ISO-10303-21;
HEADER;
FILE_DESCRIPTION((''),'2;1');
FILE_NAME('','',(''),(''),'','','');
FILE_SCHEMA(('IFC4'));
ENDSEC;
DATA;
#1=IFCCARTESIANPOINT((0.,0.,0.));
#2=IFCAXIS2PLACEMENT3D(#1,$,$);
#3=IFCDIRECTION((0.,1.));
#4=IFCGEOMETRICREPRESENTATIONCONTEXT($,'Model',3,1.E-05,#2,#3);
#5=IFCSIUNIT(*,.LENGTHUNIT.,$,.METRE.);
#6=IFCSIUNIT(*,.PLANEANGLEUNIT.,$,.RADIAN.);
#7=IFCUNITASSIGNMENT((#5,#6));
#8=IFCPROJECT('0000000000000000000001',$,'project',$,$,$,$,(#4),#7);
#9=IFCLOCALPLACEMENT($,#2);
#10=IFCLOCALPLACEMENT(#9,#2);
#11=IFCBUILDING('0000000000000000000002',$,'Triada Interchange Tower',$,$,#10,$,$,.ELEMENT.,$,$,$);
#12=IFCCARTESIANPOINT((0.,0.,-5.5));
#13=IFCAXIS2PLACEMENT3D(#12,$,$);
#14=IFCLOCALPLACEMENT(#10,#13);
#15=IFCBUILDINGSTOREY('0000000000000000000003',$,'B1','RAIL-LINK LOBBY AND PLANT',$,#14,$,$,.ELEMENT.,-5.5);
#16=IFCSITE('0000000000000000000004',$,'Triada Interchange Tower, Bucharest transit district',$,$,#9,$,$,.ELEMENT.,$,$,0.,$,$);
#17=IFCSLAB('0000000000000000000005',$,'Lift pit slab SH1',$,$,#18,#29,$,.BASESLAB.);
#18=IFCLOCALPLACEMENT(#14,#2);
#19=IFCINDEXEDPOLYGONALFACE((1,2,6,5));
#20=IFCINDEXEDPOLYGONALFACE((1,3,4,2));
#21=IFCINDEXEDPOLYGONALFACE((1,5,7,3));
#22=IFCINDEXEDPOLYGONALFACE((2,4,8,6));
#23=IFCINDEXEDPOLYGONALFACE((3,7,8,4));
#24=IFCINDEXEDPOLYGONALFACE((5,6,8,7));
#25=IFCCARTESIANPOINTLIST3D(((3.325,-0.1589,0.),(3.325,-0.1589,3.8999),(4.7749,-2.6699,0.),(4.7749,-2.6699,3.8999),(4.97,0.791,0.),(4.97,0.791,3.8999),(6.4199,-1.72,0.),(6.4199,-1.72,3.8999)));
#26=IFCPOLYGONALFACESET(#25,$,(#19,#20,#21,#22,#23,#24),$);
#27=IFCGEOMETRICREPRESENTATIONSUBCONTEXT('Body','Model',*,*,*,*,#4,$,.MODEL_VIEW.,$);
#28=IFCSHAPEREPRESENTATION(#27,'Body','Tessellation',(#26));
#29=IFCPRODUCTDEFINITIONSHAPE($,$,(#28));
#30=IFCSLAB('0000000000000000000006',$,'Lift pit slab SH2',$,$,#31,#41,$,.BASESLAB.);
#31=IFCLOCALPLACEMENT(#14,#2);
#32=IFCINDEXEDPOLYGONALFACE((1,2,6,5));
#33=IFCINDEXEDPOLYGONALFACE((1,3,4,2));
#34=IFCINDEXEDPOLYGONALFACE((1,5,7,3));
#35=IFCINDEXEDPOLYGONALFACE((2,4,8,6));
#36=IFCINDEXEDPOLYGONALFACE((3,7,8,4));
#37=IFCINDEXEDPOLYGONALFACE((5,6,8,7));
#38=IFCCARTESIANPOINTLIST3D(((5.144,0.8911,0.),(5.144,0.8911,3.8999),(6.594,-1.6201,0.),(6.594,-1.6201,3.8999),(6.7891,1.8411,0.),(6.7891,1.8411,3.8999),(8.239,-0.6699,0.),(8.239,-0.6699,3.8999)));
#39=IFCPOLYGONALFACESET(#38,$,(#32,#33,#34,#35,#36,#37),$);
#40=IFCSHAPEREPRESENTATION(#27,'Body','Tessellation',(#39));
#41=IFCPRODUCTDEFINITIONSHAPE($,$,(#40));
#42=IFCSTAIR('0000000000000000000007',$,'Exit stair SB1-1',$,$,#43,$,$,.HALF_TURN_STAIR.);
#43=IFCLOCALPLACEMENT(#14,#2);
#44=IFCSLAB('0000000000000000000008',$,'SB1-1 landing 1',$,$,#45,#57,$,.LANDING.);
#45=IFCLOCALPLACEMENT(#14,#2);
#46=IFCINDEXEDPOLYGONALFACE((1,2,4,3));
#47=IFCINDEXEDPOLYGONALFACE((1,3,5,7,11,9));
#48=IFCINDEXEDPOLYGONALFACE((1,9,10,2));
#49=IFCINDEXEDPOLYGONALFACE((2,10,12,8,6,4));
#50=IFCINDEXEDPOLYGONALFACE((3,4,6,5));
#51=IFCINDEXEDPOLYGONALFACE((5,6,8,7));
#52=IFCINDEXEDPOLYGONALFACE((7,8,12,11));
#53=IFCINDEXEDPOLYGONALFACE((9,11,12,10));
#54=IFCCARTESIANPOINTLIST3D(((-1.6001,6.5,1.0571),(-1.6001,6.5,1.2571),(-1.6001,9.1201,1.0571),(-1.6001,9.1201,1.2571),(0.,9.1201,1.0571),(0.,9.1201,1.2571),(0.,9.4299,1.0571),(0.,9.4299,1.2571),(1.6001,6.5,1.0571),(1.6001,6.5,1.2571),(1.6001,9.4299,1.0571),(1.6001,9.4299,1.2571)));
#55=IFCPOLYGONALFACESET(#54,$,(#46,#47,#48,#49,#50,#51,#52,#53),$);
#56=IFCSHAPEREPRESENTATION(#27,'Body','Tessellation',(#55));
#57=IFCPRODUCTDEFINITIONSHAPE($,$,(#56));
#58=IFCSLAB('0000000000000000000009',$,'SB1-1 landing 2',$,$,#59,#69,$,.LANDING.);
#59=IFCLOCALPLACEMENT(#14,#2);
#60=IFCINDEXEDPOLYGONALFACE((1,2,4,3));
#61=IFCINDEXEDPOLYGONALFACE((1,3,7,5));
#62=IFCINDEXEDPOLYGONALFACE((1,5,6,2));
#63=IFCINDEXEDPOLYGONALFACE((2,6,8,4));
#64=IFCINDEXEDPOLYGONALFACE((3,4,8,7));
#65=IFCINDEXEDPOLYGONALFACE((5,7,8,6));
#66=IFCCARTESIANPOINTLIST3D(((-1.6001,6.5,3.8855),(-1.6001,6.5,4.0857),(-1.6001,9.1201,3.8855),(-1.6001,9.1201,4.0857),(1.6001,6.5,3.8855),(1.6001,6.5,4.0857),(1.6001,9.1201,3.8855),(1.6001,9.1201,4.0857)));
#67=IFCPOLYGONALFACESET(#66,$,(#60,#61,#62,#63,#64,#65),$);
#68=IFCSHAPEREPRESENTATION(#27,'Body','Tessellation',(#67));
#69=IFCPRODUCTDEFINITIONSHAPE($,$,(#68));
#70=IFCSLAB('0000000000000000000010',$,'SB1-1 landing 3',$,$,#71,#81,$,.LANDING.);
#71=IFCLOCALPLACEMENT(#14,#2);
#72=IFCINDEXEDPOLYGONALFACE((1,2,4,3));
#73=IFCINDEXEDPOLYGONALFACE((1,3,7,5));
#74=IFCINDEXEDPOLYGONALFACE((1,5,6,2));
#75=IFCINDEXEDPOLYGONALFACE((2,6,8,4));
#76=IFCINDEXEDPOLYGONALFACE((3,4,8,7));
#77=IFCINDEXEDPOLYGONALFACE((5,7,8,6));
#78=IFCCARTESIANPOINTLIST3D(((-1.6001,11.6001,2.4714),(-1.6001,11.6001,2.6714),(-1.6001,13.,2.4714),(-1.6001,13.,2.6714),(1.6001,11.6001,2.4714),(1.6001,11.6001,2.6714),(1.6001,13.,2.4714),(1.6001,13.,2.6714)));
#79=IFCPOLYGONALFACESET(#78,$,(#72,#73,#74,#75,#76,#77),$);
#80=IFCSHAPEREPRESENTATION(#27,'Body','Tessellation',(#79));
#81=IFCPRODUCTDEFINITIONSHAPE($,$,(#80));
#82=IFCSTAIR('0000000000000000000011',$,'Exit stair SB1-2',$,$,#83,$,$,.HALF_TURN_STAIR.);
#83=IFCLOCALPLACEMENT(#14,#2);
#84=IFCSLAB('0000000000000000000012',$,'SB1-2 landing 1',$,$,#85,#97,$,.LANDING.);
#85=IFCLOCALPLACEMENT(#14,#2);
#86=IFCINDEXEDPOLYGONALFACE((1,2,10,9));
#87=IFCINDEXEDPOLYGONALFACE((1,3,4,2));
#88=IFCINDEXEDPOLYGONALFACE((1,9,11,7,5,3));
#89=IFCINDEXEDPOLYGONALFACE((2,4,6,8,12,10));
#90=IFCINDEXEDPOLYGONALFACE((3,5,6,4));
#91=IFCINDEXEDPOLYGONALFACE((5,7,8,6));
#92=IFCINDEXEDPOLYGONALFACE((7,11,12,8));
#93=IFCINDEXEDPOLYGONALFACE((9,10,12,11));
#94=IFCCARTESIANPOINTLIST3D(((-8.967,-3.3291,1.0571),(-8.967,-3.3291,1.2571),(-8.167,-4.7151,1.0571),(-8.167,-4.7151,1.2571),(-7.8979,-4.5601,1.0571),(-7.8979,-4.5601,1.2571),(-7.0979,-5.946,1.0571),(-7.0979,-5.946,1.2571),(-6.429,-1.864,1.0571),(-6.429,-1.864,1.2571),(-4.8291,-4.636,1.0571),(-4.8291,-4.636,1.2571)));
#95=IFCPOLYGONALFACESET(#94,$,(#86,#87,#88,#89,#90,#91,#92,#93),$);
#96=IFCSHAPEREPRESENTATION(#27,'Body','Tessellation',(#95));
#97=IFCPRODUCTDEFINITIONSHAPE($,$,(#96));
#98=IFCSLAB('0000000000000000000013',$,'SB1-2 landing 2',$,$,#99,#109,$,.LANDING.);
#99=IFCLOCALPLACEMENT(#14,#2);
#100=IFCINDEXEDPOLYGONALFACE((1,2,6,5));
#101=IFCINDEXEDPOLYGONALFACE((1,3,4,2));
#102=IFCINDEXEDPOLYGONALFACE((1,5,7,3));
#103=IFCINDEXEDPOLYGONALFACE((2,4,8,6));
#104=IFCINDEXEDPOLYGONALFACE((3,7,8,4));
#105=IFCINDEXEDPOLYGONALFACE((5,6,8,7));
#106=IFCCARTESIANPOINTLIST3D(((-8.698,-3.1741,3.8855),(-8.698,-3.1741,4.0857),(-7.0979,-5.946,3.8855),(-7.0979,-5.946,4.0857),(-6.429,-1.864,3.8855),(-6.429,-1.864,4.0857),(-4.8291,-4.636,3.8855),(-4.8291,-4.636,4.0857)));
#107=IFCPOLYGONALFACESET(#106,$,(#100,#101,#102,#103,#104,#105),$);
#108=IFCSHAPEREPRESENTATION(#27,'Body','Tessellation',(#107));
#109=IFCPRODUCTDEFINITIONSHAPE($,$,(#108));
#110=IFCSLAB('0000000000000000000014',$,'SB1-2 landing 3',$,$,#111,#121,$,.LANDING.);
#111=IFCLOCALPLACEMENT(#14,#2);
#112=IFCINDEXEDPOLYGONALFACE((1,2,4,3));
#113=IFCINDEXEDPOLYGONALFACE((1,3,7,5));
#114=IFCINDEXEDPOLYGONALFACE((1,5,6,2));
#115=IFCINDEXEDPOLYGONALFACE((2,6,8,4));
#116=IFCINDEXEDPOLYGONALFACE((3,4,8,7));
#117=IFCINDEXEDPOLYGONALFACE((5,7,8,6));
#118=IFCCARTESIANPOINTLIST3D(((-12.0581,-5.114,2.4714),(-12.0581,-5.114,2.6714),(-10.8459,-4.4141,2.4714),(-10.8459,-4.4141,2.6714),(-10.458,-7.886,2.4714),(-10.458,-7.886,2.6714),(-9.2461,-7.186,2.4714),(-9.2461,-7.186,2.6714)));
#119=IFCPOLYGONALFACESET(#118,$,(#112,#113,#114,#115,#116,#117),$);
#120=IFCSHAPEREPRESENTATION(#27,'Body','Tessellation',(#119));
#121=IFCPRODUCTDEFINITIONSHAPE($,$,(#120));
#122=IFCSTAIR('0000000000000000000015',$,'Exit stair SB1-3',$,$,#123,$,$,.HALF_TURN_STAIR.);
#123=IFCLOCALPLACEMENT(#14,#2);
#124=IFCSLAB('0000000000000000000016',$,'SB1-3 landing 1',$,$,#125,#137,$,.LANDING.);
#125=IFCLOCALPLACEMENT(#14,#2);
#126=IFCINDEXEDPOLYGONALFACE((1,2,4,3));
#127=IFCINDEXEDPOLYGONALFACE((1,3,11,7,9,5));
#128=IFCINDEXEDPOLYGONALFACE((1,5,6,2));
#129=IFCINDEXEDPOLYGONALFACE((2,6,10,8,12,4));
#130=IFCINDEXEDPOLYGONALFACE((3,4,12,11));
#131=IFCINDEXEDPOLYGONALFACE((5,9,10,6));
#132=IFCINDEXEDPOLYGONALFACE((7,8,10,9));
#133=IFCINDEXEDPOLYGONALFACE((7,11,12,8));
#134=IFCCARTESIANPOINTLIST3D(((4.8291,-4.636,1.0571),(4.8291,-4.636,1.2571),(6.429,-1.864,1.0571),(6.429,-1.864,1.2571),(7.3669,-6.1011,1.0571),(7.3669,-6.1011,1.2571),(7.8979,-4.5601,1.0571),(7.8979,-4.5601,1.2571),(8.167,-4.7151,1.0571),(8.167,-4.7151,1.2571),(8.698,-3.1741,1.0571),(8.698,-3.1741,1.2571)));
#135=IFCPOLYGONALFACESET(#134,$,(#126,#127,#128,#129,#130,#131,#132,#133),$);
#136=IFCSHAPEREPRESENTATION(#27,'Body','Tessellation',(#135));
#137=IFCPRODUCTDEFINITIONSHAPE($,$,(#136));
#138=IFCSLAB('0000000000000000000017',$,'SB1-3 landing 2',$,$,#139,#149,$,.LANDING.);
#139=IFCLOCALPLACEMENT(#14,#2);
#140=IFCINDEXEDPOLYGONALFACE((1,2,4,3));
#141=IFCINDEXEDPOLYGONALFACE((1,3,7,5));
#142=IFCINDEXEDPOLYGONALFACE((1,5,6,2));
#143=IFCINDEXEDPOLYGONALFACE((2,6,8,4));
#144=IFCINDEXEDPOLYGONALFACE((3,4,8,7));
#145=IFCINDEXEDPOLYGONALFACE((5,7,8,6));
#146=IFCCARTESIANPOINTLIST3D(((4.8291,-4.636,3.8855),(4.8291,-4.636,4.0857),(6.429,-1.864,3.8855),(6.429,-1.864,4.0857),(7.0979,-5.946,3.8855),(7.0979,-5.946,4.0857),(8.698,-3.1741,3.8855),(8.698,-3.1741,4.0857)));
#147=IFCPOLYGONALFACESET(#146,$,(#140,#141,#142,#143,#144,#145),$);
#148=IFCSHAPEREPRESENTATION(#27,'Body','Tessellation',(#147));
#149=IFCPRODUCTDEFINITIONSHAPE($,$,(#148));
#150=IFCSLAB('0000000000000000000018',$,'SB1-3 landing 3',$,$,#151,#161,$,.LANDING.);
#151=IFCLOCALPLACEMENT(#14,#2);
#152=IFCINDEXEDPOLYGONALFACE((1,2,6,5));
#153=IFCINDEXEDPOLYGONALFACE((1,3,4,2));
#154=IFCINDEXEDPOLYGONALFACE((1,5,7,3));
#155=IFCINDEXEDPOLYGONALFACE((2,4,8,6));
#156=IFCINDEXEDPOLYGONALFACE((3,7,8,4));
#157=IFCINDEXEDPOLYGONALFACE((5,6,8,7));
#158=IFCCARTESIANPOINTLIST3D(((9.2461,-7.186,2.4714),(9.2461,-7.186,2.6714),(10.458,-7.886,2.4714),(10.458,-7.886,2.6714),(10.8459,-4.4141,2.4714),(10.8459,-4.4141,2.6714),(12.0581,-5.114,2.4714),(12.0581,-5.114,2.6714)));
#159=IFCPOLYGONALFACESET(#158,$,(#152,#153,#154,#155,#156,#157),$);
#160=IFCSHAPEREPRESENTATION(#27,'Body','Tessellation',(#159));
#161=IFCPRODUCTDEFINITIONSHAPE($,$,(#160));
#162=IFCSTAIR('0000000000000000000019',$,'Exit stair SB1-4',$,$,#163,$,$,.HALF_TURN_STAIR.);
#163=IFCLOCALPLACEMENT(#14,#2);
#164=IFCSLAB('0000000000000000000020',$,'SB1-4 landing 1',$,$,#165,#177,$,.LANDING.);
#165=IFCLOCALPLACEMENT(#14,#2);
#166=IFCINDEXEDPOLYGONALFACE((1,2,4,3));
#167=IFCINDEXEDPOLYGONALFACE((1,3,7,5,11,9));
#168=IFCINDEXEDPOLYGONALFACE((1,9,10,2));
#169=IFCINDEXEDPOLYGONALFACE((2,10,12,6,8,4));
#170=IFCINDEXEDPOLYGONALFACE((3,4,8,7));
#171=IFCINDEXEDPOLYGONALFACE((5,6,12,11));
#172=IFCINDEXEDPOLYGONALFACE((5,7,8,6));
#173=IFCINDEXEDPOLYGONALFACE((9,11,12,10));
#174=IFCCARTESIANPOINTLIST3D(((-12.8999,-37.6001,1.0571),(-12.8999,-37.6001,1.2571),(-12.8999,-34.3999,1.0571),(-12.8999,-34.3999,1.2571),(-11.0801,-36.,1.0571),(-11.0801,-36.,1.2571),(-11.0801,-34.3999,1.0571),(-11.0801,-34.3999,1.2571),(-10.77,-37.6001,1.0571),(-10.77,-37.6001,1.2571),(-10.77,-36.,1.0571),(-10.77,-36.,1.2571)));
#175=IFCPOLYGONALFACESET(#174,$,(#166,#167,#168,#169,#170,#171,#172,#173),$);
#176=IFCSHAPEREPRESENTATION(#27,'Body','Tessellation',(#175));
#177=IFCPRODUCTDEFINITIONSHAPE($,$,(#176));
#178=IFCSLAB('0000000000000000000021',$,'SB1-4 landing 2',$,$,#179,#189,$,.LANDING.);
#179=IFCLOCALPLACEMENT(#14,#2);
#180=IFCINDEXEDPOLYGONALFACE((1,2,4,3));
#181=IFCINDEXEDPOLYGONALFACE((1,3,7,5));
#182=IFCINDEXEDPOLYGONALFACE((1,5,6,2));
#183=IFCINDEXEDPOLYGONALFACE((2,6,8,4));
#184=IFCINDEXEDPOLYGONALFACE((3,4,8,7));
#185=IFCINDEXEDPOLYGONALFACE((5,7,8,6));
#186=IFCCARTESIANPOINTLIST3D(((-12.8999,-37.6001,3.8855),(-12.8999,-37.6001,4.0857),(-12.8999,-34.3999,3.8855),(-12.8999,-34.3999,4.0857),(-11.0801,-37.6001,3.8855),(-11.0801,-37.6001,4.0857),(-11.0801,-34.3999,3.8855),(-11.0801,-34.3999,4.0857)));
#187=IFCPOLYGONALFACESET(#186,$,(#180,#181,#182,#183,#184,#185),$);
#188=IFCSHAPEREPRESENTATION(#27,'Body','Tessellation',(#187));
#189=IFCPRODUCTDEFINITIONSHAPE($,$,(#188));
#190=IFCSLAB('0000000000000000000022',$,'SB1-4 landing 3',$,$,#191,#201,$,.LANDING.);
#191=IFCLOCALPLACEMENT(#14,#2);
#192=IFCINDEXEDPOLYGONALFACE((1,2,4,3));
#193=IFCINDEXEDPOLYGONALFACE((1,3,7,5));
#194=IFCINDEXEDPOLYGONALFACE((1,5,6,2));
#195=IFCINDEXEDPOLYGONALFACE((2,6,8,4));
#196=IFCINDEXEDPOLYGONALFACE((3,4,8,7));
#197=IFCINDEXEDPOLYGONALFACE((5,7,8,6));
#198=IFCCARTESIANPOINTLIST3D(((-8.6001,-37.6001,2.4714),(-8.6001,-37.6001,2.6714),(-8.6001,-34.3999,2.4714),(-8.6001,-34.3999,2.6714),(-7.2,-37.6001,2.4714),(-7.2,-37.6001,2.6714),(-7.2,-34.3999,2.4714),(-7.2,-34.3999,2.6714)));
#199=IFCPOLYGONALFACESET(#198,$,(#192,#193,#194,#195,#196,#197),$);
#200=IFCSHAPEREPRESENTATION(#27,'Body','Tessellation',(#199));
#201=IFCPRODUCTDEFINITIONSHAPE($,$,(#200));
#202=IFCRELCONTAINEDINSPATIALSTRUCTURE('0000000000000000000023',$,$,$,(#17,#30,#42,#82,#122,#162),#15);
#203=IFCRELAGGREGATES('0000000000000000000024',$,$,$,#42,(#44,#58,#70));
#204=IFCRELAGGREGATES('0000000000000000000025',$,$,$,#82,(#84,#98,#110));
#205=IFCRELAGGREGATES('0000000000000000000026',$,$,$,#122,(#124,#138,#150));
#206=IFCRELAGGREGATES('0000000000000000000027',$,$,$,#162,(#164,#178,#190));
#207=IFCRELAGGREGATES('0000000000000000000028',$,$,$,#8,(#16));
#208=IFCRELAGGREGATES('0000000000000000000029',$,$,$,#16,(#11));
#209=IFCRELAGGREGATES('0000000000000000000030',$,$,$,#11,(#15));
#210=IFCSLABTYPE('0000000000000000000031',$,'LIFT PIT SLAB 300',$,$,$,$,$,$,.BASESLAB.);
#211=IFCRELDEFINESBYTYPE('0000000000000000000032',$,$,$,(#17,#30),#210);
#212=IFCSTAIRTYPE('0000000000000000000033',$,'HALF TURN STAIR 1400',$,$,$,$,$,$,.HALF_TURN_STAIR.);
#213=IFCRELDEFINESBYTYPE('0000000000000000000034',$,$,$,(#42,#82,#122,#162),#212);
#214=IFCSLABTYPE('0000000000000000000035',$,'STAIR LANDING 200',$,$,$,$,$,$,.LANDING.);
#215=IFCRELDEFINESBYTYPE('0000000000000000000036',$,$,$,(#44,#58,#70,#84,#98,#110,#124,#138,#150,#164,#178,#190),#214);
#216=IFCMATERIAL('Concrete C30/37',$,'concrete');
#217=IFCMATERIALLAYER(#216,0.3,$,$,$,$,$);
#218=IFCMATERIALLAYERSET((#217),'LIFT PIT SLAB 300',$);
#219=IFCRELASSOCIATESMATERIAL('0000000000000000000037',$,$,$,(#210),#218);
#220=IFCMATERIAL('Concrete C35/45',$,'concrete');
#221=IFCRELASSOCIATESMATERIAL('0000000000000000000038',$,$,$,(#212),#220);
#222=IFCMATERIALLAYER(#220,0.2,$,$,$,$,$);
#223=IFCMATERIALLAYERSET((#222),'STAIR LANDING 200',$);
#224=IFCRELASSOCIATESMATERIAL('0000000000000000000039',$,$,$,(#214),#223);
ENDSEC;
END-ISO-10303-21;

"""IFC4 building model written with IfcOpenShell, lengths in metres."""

from ifc_helpers import new_model, si_unit, direction, frame, origin, place, context, subcontext, project, spatial, polyline, outline, extrude, material, layer, layer_set, type_object, element, aggregate, save


model = new_model("IFC4")

# Units and contexts
model_context = context("Model", 3, precision=1e-05, world=origin(), true_north=direction((0.0, 1.0)))
body_context = subcontext(model_context, "Body", "Model", "MODEL_VIEW")
ifc_project = project(units=[si_unit("LENGTHUNIT", "METRE"), si_unit("PLANEANGLEUNIT", "RADIAN")], contexts=[model_context])

# Site, building, storey
site_placement = place(None, origin())
site = spatial("IfcSite", under=ifc_project, at=site_placement, Name="Triada Interchange Tower, Bucharest transit district", CompositionType="ELEMENT", RefElevation=0.0)
building_placement = place(site_placement, origin())
building = spatial("IfcBuilding", under=site, at=building_placement, Name="Triada Interchange Tower", CompositionType="ELEMENT")
storey_placement = place(building_placement, frame((0.0, 0.0, -5.5)))
storey = spatial("IfcBuildingStorey", under=building, at=storey_placement, Name="B1", Description="RAIL-LINK LOBBY AND PLANT", CompositionType="ELEMENT", Elevation=-5.5)

# Shared definitions
ifc_material_1 = material(Name="Concrete C35/45", Category="concrete")

# Slabs
ifc_material_2 = material(Name="Concrete C30/37", Category="concrete")
ifc_layer_1 = layer(ifc_material_2, 0.3)
ifc_layer_set_1 = layer_set([ifc_layer_1], Name="LIFT PIT SLAB 300")
slab_type_1 = type_object("IfcSlabType", Name="LIFT PIT SLAB 300", PredefinedType="BASESLAB", material=ifc_layer_set_1)
slab_1_placement = place(storey_placement, origin())
element("IfcSlab", 1, at=slab_1_placement, inside=storey, type_object=slab_type_1, Name="Lift pit slab SH1", PredefinedType="BASESLAB", context=body_context, shape_type="SweptSolid", body=[
    extrude(outline(polyline([(6.4199, -1.72), (4.7749, -2.6699), (3.325, -0.1589), (4.97, 0.791), (6.4199, -1.72)])), origin(), (0.0, 0.0, 1.0), 3.8999),
])
slab_2_placement = place(storey_placement, origin())
element("IfcSlab", 2, at=slab_2_placement, inside=storey, type_object=slab_type_1, Name="Lift pit slab SH2", PredefinedType="BASESLAB", context=body_context, shape_type="SweptSolid", body=[
    extrude(outline(polyline([(8.239, -0.6699), (6.594, -1.6201), (5.144, 0.8911), (6.7891, 1.8411), (8.239, -0.6699)])), origin(), (0.0, 0.0, 1.0), 3.8999),
])

# Stairs, slabs
stair_type = type_object("IfcStairType", Name="HALF TURN STAIR 1400", PredefinedType="HALF_TURN_STAIR", material=ifc_material_1)
stair_1_placement = place(storey_placement, origin())
stair_1 = element("IfcStair", 3, at=stair_1_placement, inside=storey, type_object=stair_type, Name="Exit stair SB1-1", PredefinedType="HALF_TURN_STAIR")
ifc_layer_2 = layer(ifc_material_1, 0.2)
ifc_layer_set_2 = layer_set([ifc_layer_2], Name="STAIR LANDING 200")
slab_type_2 = type_object("IfcSlabType", Name="STAIR LANDING 200", PredefinedType="LANDING", material=ifc_layer_set_2)
slab_3_placement = place(storey_placement, frame((0.0, 0.0, 1.0571)))
slab_3 = element("IfcSlab", 4, at=slab_3_placement, type_object=slab_type_2, Name="SB1-1 landing 1", PredefinedType="LANDING", context=body_context, shape_type="SweptSolid", body=[
    extrude(outline(polyline([(1.6001, 6.5), (1.6001, 9.4299), (0.0, 9.4299), (0.0, 9.1201), (-1.6001, 9.1201), (-1.6001, 6.5), (1.6001, 6.5)])), origin(), (0.0, 0.0, 1.0), 0.2),
])
slab_4_placement = place(storey_placement, frame((0.0, 0.0, 3.8855)))
slab_4 = element("IfcSlab", 5, at=slab_4_placement, type_object=slab_type_2, Name="SB1-1 landing 2", PredefinedType="LANDING", context=body_context, shape_type="SweptSolid", body=[
    extrude(outline(polyline([(1.6001, 6.5), (1.6001, 9.1201), (-1.6001, 9.1201), (-1.6001, 6.5), (1.6001, 6.5)])), origin(), (0.0, 0.0, 1.0), 0.2002),
])
slab_5_placement = place(storey_placement, frame((0.0, 0.0, 2.4714)))
slab_5 = element("IfcSlab", 6, at=slab_5_placement, type_object=slab_type_2, Name="SB1-1 landing 3", PredefinedType="LANDING", context=body_context, shape_type="SweptSolid", body=[
    extrude(outline(polyline([(1.6001, 11.6001), (1.6001, 13.0), (-1.6001, 13.0), (-1.6001, 11.6001), (1.6001, 11.6001)])), origin(), (0.0, 0.0, 1.0), 0.2),
])
aggregate(stair_1, [slab_3, slab_4, slab_5])
stair_2_placement = place(storey_placement, origin())
stair_2 = element("IfcStair", 7, at=stair_2_placement, inside=storey, type_object=stair_type, Name="Exit stair SB1-2", PredefinedType="HALF_TURN_STAIR")
slab_6_placement = place(storey_placement, frame((0.0, 0.0, 1.0571)))
slab_6 = element("IfcSlab", 8, at=slab_6_placement, type_object=slab_type_2, Name="SB1-2 landing 1", PredefinedType="LANDING", context=body_context, shape_type="SweptSolid", body=[
    extrude(outline(polyline([(-6.429, -1.864), (-8.967, -3.3291), (-8.167, -4.7151), (-7.8979, -4.5601), (-7.0979, -5.946), (-4.8291, -4.636), (-6.429, -1.864)])), origin(), (0.0, 0.0, 1.0), 0.2),
])
slab_7_placement = place(storey_placement, frame((0.0, 0.0, 3.8855)))
slab_7 = element("IfcSlab", 9, at=slab_7_placement, type_object=slab_type_2, Name="SB1-2 landing 2", PredefinedType="LANDING", context=body_context, shape_type="SweptSolid", body=[
    extrude(outline(polyline([(-6.429, -1.864), (-8.698, -3.1741), (-7.0979, -5.946), (-4.8291, -4.636), (-6.429, -1.864)])), origin(), (0.0, 0.0, 1.0), 0.2002),
])
slab_8_placement = place(storey_placement, frame((0.0, 0.0, 2.4714)))
slab_8 = element("IfcSlab", 10, at=slab_8_placement, type_object=slab_type_2, Name="SB1-2 landing 3", PredefinedType="LANDING", context=body_context, shape_type="SweptSolid", body=[
    extrude(outline(polyline([(-10.8459, -4.4141), (-12.0581, -5.114), (-10.458, -7.886), (-9.2461, -7.186), (-10.8459, -4.4141)])), origin(), (0.0, 0.0, 1.0), 0.2),
])
aggregate(stair_2, [slab_6, slab_7, slab_8])
stair_3_placement = place(storey_placement, origin())
stair_3 = element("IfcStair", 11, at=stair_3_placement, inside=storey, type_object=stair_type, Name="Exit stair SB1-3", PredefinedType="HALF_TURN_STAIR")
slab_9_placement = place(storey_placement, frame((0.0, 0.0, 1.0571)))
slab_9 = element("IfcSlab", 12, at=slab_9_placement, type_object=slab_type_2, Name="SB1-3 landing 1", PredefinedType="LANDING", context=body_context, shape_type="SweptSolid", body=[
    extrude(outline(polyline([(4.8291, -4.636), (7.3669, -6.1011), (8.167, -4.7151), (7.8979, -4.5601), (8.698, -3.1741), (6.429, -1.864), (4.8291, -4.636)])), origin(), (0.0, 0.0, 1.0), 0.2),
])
slab_10_placement = place(storey_placement, frame((0.0, 0.0, 3.8855)))
slab_10 = element("IfcSlab", 13, at=slab_10_placement, type_object=slab_type_2, Name="SB1-3 landing 2", PredefinedType="LANDING", context=body_context, shape_type="SweptSolid", body=[
    extrude(outline(polyline([(4.8291, -4.636), (7.0979, -5.946), (8.698, -3.1741), (6.429, -1.864), (4.8291, -4.636)])), origin(), (0.0, 0.0, 1.0), 0.2002),
])
slab_11_placement = place(storey_placement, frame((0.0, 0.0, 2.4714)))
slab_11 = element("IfcSlab", 14, at=slab_11_placement, type_object=slab_type_2, Name="SB1-3 landing 3", PredefinedType="LANDING", context=body_context, shape_type="SweptSolid", body=[
    extrude(outline(polyline([(9.2461, -7.186), (10.458, -7.886), (12.0581, -5.114), (10.8459, -4.4141), (9.2461, -7.186)])), origin(), (0.0, 0.0, 1.0), 0.2),
])
aggregate(stair_3, [slab_9, slab_10, slab_11])
stair_4_placement = place(storey_placement, origin())
stair_4 = element("IfcStair", 15, at=stair_4_placement, inside=storey, type_object=stair_type, Name="Exit stair SB1-4", PredefinedType="HALF_TURN_STAIR")
slab_12_placement = place(storey_placement, frame((0.0, 0.0, 1.0571)))
slab_12 = element("IfcSlab", 16, at=slab_12_placement, type_object=slab_type_2, Name="SB1-4 landing 1", PredefinedType="LANDING", context=body_context, shape_type="SweptSolid", body=[
    extrude(outline(polyline([(-12.8999, -37.6001), (-10.77, -37.6001), (-10.77, -36.0), (-11.0801, -36.0), (-11.0801, -34.3999), (-12.8999, -34.3999), (-12.8999, -37.6001)])), origin(), (0.0, 0.0, 1.0), 0.2),
])
slab_13_placement = place(storey_placement, frame((0.0, 0.0, 3.8855)))
slab_13 = element("IfcSlab", 17, at=slab_13_placement, type_object=slab_type_2, Name="SB1-4 landing 2", PredefinedType="LANDING", context=body_context, shape_type="SweptSolid", body=[
    extrude(outline(polyline([(-12.8999, -37.6001), (-11.0801, -37.6001), (-11.0801, -34.3999), (-12.8999, -34.3999), (-12.8999, -37.6001)])), origin(), (0.0, 0.0, 1.0), 0.2002),
])
slab_14_placement = place(storey_placement, frame((0.0, 0.0, 2.4714)))
slab_14 = element("IfcSlab", 18, at=slab_14_placement, type_object=slab_type_2, Name="SB1-4 landing 3", PredefinedType="LANDING", context=body_context, shape_type="SweptSolid", body=[
    extrude(outline(polyline([(-8.6001, -37.6001), (-7.2, -37.6001), (-7.2, -34.3999), (-8.6001, -34.3999), (-8.6001, -37.6001)])), origin(), (0.0, 0.0, 1.0), 0.2),
])
aggregate(stair_4, [slab_12, slab_13, slab_14])

save(model, "model.ifc")
